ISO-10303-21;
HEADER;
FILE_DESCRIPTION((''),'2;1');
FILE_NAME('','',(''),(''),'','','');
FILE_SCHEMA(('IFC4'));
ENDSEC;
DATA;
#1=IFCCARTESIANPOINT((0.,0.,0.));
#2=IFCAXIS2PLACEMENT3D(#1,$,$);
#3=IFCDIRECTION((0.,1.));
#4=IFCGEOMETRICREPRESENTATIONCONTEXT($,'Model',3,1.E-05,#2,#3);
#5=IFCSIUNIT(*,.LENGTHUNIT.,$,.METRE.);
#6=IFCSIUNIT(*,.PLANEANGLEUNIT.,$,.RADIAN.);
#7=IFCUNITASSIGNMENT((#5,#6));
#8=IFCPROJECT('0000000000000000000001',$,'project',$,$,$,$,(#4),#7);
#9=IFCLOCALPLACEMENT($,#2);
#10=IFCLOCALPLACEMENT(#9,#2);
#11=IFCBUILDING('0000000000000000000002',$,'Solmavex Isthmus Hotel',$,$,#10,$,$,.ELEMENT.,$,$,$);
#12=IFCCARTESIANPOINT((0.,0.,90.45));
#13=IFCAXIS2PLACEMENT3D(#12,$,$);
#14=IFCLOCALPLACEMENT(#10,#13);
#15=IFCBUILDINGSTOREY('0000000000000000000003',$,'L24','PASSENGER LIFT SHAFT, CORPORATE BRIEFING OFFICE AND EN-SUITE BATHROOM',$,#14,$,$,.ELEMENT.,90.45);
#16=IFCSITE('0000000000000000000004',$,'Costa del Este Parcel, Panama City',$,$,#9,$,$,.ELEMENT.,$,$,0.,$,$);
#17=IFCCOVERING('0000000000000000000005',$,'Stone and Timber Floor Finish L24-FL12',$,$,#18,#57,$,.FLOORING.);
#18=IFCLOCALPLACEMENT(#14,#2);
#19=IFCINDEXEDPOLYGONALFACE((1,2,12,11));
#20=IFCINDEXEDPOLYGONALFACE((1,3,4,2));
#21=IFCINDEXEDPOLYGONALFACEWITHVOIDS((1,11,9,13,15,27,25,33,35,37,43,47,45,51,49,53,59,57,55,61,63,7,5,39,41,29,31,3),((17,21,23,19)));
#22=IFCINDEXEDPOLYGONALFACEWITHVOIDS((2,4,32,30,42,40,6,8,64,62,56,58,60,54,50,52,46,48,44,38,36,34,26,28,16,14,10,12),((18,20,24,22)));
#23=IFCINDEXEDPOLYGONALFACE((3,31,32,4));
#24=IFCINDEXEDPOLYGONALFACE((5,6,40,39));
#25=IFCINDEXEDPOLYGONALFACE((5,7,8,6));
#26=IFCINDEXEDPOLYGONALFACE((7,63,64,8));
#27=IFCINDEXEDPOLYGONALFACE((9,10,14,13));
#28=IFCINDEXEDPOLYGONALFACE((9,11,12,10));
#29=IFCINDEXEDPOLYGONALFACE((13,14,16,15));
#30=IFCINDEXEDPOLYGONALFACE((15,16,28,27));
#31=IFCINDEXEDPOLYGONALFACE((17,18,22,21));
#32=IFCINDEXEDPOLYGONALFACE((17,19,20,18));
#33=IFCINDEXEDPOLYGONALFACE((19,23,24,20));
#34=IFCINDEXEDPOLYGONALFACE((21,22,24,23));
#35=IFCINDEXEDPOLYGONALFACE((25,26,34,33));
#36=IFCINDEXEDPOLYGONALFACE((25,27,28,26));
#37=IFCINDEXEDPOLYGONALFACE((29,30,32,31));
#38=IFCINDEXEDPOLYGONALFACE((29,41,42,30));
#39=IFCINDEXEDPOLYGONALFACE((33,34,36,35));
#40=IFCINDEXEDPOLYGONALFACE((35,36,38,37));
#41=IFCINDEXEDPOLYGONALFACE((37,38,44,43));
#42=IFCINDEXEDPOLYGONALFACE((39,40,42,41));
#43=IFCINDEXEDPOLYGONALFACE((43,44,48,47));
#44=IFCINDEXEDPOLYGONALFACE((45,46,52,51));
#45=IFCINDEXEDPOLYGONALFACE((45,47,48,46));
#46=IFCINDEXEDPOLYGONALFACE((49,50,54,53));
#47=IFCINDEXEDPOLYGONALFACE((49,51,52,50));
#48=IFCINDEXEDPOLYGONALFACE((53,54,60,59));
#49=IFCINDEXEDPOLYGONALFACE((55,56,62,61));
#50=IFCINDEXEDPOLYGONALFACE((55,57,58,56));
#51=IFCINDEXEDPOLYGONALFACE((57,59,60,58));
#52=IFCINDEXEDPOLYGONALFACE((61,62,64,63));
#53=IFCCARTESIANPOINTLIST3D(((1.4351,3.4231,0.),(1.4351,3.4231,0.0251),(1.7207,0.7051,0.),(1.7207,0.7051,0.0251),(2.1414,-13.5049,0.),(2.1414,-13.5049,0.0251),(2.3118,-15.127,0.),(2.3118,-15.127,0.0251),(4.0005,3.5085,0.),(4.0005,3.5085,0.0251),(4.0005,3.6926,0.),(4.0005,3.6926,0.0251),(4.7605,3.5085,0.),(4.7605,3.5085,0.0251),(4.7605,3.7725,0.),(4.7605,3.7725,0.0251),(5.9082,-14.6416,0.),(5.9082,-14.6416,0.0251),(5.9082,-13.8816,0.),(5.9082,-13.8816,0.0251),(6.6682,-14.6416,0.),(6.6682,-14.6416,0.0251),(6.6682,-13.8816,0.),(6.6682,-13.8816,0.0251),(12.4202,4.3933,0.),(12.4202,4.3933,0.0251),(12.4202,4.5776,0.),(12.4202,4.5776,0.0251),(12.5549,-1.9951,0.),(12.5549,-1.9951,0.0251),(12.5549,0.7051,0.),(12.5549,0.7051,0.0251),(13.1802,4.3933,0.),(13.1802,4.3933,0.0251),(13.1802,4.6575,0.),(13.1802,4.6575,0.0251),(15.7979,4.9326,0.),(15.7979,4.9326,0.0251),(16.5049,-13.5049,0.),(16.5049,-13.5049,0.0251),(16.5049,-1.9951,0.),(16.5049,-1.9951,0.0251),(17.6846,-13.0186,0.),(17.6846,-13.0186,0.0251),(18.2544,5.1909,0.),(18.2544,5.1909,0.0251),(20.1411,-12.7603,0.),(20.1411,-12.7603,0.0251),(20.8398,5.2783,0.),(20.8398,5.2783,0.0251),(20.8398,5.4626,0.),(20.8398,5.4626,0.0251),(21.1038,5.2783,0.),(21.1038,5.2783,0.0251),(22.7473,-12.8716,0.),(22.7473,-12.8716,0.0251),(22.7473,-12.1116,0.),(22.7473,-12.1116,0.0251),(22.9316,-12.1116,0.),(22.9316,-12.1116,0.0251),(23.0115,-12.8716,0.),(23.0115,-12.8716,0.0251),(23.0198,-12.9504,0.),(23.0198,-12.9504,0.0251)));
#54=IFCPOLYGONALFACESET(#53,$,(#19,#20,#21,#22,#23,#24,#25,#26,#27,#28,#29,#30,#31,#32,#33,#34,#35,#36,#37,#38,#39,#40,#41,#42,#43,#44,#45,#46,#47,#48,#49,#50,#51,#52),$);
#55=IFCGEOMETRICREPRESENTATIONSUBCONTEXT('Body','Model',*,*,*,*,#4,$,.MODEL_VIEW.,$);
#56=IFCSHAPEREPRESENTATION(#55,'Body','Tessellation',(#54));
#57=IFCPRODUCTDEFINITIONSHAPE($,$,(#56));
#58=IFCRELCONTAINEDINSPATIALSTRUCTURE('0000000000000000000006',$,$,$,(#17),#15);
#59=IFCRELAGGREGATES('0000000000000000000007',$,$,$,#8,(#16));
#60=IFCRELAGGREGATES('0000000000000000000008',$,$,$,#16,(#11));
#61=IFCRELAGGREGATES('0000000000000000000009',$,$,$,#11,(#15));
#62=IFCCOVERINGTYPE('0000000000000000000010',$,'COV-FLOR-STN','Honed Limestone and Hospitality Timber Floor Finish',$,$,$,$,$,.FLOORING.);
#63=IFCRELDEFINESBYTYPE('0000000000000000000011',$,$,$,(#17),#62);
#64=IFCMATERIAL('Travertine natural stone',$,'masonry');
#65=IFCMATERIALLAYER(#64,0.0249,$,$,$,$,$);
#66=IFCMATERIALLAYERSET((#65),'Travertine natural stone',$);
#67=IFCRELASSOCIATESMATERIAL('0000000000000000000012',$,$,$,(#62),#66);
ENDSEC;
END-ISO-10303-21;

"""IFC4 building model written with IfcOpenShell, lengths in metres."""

from ifc_helpers import new_model, si_unit, direction, frame, origin, place, context, subcontext, project, spatial, polyline, outline, extrude, material, layer, layer_set, type_object, element, save


model = new_model("IFC4")

# Units and contexts
model_context = context("Model", 3, precision=1e-05, world=origin(), true_north=direction((0.0, 1.0)))
body_context = subcontext(model_context, "Body", "Model", "MODEL_VIEW")
ifc_project = project(units=[si_unit("LENGTHUNIT", "METRE"), si_unit("PLANEANGLEUNIT", "RADIAN")], contexts=[model_context])

# Site, building, storey
site_placement = place(None, origin())
site = spatial("IfcSite", under=ifc_project, at=site_placement, Name="Costa del Este Parcel, Panama City", CompositionType="ELEMENT", RefElevation=0.0)
building_placement = place(site_placement, origin())
building = spatial("IfcBuilding", under=site, at=building_placement, Name="Solmavex Isthmus Hotel", CompositionType="ELEMENT")
storey_placement = place(building_placement, frame((0.0, 0.0, 90.45)))
storey = spatial("IfcBuildingStorey", under=building, at=storey_placement, Name="L24", Description="PASSENGER LIFT SHAFT, CORPORATE BRIEFING OFFICE AND EN-SUITE BATHROOM", CompositionType="ELEMENT", Elevation=90.45)

# Covering
ifc_material_1 = material(Name="Travertine natural stone", Category="masonry")
ifc_layer_1 = layer(ifc_material_1, 0.0249)
ifc_layer_set_1 = layer_set([ifc_layer_1], Name="Travertine natural stone")
covering_type_1 = type_object("IfcCoveringType", Name="COV-FLOR-STN", Description="Honed Limestone and Hospitality Timber Floor Finish", PredefinedType="FLOORING", material=ifc_layer_set_1)
covering_1_placement = place(storey_placement, origin())
element("IfcCovering", 1, at=covering_1_placement, inside=storey, type_object=covering_type_1, Name="Stone and Timber Floor Finish L24-FL12", PredefinedType="FLOORING", context=body_context, shape_type="SweptSolid", body=[
    extrude(outline(polyline([(4.7605, 3.7725), (4.7605, 3.5085), (4.0005, 3.5085), (4.0005, 3.6926), (1.4351, 3.4231), (1.7207, 0.7051), (12.5549, 0.7051), (12.5549, -1.9951), (16.5049, -1.9951), (16.5049, -13.5049), (2.1414, -13.5049), (2.3118, -15.127), (23.0198, -12.9504), (23.0115, -12.8716), (22.7473, -12.8716), (22.7473, -12.1116), (22.9316, -12.1116), (21.1038, 5.2783), (20.8398, 5.2783), (20.8398, 5.4626), (18.2544, 5.1909), (20.1411, -12.7603), (17.6846, -13.0186), (15.7979, 4.9326), (13.1802, 4.6575), (13.1802, 4.3933), (12.4202, 4.3933), (12.4202, 4.5776), (4.7605, 3.7725)]), holes=[polyline([(5.9082, -14.6416), (5.9082, -13.8816), (6.6682, -13.8816), (6.6682, -14.6416), (5.9082, -14.6416)])]), origin(), (0.0, 0.0, 1.0), 0.0251),
])

save(model, "model.ifc")
